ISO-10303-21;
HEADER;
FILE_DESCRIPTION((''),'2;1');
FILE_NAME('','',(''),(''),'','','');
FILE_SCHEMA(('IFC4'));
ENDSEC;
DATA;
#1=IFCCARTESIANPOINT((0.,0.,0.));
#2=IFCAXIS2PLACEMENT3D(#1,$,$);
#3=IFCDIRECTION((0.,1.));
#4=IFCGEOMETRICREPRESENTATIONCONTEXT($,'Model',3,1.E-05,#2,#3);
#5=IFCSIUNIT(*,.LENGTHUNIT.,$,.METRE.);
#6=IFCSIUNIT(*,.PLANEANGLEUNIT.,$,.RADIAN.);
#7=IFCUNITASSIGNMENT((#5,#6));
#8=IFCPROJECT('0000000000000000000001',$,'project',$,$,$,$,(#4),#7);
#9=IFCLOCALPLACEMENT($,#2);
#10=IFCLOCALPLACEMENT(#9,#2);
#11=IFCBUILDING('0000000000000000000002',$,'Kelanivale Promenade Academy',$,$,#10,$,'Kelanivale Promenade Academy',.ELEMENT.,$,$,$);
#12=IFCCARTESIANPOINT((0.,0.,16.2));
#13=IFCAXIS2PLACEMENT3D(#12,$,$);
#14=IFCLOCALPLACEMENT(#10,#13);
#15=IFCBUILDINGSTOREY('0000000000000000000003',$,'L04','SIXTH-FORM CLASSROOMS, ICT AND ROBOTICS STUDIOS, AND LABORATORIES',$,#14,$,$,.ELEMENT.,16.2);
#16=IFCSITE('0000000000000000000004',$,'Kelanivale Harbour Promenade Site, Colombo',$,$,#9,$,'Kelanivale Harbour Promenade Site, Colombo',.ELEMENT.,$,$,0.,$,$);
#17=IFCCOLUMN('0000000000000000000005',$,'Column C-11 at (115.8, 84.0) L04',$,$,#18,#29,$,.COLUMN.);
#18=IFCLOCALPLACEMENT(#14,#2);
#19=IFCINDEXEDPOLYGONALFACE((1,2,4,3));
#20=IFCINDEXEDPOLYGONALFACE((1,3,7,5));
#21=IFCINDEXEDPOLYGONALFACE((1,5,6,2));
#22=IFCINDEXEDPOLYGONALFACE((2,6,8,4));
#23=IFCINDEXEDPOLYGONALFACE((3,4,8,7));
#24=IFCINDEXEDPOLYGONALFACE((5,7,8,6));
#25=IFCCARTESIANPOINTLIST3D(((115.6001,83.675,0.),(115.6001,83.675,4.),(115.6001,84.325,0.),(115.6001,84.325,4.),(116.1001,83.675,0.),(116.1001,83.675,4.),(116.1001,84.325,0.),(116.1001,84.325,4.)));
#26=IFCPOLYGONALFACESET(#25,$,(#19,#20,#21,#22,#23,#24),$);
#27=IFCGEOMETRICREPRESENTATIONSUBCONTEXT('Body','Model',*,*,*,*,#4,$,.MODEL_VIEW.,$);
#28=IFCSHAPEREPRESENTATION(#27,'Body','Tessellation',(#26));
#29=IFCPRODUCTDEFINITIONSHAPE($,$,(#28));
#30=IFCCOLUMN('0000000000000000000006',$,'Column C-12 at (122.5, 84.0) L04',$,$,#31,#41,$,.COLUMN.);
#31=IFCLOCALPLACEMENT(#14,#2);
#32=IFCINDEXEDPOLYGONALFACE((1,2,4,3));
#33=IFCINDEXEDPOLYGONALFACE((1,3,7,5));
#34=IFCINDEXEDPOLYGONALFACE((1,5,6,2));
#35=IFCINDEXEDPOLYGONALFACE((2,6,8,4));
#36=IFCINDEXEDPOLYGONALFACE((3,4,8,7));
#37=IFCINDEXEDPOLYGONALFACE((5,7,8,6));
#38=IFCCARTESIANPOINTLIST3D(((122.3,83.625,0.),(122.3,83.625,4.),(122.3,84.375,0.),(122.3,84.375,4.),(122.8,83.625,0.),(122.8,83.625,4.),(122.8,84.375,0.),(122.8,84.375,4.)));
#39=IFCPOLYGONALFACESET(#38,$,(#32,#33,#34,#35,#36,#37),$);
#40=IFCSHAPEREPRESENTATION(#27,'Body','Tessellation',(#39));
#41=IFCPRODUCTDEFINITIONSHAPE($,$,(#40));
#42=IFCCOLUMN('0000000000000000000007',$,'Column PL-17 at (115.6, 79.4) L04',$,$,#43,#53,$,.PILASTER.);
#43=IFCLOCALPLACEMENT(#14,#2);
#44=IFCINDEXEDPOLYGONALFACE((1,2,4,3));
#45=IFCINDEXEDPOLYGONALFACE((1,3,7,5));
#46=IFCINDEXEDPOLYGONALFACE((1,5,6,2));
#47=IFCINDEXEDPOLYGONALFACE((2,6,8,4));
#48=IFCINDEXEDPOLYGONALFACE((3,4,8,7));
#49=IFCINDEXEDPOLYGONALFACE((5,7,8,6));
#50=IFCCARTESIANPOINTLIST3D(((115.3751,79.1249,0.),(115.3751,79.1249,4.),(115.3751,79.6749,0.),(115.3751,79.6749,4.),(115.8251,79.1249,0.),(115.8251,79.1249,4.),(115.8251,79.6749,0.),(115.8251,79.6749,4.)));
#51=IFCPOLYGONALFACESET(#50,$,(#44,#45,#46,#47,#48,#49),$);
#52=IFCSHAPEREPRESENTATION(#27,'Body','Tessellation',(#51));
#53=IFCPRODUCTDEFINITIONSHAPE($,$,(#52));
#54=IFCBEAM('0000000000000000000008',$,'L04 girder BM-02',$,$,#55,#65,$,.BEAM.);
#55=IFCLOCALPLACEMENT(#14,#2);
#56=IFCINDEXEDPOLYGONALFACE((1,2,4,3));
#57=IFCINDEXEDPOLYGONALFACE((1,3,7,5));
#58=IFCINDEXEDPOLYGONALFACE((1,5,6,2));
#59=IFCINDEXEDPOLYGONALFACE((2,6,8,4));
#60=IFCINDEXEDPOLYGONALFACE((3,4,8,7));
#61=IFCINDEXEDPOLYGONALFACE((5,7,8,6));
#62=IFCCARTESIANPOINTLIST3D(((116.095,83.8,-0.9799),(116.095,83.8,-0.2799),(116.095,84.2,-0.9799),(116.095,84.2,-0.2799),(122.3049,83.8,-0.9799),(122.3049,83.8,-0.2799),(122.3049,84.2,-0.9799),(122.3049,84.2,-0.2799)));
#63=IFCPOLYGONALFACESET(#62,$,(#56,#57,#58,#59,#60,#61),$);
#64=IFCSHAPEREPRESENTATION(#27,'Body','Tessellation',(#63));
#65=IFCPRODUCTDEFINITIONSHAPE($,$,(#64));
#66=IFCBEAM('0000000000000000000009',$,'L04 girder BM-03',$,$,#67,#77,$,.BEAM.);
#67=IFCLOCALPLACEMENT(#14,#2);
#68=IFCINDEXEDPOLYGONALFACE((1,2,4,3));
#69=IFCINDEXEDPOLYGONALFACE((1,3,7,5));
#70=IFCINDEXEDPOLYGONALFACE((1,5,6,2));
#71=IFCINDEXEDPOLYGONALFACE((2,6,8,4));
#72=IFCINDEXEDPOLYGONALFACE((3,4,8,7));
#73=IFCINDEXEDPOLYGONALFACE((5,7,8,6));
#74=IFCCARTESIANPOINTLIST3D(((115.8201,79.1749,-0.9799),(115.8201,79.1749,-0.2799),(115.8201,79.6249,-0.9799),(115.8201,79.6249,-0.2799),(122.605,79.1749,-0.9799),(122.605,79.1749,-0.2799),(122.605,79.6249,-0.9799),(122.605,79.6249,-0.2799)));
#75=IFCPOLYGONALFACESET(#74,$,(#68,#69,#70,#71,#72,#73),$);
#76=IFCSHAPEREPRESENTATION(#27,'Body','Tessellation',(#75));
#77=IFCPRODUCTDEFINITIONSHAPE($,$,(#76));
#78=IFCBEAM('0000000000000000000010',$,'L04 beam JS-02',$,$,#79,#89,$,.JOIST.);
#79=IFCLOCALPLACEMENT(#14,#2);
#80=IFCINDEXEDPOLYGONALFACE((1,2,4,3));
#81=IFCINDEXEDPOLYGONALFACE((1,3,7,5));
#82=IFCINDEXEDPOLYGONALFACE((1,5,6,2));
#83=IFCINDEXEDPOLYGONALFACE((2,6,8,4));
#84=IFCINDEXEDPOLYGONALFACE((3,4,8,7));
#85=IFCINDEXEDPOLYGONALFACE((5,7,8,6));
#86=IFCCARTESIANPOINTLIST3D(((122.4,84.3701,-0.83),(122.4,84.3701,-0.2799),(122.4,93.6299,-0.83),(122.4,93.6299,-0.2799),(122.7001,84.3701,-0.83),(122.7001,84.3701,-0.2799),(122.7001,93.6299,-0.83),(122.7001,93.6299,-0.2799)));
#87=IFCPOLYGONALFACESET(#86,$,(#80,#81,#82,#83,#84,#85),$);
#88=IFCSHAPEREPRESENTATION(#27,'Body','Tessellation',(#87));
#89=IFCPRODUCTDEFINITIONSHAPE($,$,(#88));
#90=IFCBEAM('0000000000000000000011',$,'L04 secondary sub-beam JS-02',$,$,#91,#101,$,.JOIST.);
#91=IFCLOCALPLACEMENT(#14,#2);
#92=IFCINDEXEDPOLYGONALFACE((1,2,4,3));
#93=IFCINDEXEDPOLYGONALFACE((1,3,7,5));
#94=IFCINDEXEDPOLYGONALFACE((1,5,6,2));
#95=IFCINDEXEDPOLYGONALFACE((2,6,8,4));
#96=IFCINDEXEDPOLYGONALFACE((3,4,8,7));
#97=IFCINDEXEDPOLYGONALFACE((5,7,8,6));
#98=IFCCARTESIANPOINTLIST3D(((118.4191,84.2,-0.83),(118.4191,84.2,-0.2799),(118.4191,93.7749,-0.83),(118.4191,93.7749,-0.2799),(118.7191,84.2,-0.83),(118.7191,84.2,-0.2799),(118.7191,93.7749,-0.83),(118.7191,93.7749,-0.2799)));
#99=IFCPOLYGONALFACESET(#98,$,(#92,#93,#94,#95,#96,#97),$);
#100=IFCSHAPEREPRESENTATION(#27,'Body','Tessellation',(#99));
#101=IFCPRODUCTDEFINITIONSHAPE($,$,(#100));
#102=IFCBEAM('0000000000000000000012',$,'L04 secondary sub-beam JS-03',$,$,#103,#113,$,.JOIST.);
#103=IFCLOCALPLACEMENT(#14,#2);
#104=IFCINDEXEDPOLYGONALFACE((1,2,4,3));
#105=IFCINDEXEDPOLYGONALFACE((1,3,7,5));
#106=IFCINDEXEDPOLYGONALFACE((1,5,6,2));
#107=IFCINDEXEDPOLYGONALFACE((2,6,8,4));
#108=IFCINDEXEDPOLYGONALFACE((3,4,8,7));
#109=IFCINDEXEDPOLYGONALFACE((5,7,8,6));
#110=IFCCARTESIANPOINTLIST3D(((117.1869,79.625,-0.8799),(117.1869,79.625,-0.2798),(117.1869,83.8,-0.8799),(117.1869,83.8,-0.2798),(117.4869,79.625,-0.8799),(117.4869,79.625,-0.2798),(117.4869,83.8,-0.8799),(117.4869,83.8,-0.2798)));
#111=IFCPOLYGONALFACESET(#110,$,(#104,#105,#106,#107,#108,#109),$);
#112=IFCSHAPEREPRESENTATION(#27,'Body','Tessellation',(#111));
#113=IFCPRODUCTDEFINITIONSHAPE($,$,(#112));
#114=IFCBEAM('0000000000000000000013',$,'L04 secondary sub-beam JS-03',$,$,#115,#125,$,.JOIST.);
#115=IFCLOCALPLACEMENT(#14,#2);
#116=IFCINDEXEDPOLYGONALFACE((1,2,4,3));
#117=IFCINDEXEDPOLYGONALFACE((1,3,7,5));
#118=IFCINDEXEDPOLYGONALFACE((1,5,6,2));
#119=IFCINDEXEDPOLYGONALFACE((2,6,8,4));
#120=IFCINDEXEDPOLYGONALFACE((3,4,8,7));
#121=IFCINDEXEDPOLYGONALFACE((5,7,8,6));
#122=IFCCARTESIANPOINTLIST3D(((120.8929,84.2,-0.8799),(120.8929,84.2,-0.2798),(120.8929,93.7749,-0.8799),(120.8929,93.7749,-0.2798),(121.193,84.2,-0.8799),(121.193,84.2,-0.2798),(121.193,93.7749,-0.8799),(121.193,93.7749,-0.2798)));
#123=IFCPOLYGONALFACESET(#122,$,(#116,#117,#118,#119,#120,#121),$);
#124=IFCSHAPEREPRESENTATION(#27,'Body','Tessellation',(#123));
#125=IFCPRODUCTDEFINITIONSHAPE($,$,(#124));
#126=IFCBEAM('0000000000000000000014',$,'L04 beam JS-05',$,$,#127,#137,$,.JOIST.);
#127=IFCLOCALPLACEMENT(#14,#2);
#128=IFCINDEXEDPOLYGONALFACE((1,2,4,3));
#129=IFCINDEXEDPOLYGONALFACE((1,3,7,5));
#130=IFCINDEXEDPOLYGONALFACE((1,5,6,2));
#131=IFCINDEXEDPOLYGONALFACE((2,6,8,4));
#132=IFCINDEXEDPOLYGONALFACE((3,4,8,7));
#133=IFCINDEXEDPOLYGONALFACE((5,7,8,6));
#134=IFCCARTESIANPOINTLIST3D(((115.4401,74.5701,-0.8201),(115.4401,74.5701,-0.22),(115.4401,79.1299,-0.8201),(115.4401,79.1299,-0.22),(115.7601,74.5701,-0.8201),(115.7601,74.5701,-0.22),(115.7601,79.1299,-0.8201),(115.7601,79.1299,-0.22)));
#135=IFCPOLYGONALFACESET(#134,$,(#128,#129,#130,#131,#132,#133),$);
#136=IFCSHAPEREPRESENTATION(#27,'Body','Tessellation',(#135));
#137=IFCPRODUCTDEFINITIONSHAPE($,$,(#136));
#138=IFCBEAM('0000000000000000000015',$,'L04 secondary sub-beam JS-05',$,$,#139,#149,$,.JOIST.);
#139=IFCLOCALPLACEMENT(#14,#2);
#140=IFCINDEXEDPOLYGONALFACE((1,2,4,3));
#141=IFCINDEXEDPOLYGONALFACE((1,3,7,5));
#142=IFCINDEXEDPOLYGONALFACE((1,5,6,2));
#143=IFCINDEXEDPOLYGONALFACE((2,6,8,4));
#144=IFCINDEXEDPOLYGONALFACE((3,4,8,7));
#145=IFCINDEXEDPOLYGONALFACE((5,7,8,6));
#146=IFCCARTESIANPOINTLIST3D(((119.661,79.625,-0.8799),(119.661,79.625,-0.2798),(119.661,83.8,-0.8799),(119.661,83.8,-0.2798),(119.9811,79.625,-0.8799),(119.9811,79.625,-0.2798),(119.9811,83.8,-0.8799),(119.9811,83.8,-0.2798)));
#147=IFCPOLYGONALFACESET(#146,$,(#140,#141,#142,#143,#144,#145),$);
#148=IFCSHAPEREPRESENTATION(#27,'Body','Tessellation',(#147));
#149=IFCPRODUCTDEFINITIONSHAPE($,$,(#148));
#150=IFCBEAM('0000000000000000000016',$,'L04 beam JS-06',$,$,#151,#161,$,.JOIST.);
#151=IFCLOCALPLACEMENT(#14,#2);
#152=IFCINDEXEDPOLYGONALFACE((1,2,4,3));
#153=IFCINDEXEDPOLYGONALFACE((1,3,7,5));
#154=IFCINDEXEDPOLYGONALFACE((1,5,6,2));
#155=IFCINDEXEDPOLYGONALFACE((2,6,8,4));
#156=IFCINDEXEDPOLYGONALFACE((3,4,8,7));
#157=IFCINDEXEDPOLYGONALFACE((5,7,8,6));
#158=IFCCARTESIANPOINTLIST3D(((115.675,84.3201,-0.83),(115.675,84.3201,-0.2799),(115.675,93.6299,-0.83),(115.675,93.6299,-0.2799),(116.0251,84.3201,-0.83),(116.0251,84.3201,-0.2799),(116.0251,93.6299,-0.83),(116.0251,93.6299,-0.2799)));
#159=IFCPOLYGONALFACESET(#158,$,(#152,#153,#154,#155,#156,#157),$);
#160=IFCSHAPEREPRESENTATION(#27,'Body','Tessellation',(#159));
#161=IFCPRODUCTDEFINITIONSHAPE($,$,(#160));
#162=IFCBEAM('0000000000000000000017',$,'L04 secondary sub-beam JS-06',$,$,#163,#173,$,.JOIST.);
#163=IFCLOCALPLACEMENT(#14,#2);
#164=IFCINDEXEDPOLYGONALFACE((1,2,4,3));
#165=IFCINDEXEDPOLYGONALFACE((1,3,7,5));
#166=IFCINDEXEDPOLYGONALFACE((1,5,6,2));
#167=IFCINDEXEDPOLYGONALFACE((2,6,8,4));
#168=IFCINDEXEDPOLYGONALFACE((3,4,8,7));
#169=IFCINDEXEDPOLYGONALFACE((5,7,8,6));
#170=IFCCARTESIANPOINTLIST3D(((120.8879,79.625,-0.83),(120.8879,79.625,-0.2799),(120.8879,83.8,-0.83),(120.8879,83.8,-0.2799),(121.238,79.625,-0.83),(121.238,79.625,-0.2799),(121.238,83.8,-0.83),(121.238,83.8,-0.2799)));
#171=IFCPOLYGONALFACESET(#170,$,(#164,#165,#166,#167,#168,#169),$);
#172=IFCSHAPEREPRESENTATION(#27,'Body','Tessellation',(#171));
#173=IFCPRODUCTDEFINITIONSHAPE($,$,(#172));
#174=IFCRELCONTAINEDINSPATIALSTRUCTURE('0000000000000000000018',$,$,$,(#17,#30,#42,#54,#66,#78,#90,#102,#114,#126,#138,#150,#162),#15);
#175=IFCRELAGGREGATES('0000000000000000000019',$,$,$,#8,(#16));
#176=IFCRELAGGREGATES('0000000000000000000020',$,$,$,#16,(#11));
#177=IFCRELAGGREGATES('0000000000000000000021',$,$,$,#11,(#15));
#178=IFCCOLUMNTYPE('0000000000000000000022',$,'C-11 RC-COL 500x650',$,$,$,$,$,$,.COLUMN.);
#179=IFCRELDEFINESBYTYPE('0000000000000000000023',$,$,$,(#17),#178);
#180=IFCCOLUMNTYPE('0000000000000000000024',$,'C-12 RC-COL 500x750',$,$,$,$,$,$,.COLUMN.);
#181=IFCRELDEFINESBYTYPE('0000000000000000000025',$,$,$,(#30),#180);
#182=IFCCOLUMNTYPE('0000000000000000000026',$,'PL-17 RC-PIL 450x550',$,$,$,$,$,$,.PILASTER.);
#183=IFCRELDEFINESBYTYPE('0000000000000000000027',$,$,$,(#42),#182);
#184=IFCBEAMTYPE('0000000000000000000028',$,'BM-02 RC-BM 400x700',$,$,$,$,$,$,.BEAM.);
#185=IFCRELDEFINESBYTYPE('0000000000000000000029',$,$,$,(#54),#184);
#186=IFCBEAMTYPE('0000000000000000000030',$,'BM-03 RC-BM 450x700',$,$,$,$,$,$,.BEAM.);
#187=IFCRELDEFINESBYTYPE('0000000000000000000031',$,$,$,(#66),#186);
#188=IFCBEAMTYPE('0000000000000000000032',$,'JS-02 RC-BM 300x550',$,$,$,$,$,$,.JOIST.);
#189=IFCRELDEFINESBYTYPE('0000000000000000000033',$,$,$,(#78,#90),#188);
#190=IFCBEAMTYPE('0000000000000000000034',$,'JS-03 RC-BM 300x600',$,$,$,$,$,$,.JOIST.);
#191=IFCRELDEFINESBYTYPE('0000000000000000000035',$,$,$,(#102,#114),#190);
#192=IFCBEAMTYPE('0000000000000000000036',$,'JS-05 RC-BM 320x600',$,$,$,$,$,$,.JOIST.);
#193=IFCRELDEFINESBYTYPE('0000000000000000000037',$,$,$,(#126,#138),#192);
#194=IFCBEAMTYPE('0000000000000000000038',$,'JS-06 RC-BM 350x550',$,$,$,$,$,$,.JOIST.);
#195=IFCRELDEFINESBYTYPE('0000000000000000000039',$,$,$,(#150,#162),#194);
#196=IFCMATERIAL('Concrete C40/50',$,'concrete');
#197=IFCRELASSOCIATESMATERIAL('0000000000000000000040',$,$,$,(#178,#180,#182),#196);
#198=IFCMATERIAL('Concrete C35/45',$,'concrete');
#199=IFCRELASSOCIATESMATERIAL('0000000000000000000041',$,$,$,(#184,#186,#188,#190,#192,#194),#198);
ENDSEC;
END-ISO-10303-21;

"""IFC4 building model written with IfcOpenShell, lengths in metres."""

from ifc_helpers import new_model, si_unit, direction, frame, origin, origin_2d, place, context, subcontext, project, spatial, rectangle, extrude, material, material_profile, profile_set, type_object, element, save


model = new_model("IFC4")

# Units and contexts
model_context = context("Model", 3, precision=1e-05, world=origin(), true_north=direction((0.0, 1.0)))
body_context = subcontext(model_context, "Body", "Model", "MODEL_VIEW")
ifc_project = project(units=[si_unit("LENGTHUNIT", "METRE"), si_unit("PLANEANGLEUNIT", "RADIAN")], contexts=[model_context])

# Site, building, storey
site_placement = place(None, origin())
site = spatial("IfcSite", under=ifc_project, at=site_placement, Name="Kelanivale Harbour Promenade Site, Colombo", LongName="Kelanivale Harbour Promenade Site, Colombo", CompositionType="ELEMENT", RefElevation=0.0)
building_placement = place(site_placement, origin())
building = spatial("IfcBuilding", under=site, at=building_placement, Name="Kelanivale Promenade Academy", LongName="Kelanivale Promenade Academy", CompositionType="ELEMENT")
storey_placement = place(building_placement, frame((0.0, 0.0, 16.2)))
storey = spatial("IfcBuildingStorey", under=building, at=storey_placement, Name="L04", Description="SIXTH-FORM CLASSROOMS, ICT AND ROBOTICS STUDIOS, AND LABORATORIES", CompositionType="ELEMENT", Elevation=16.2)

# Columns
ifc_material_1 = material(Name="Concrete C40/50", Category="concrete")
ifc_material_profile_1 = material_profile(ifc_material_1, rectangle(XDim=0.5, YDim=0.6499, at=origin_2d()), Name="RC-COL 500x650")
ifc_profile_set_1 = profile_set([ifc_material_profile_1], Name="Concrete C40/50")
column_type_1 = type_object("IfcColumnType", Name="C-11 RC-COL 500x650", PredefinedType="COLUMN", material=ifc_profile_set_1)
column_1_placement = place(storey_placement, frame((115.8501, 84.0, 0.0), z_axis=(0.0, 0.0, 1.0), x_axis=(1.0, 0.0, 0.0)))
element("IfcColumn", 1, at=column_1_placement, inside=storey, type_object=column_type_1, Name="Column C-11 at (115.8, 84.0) L04", PredefinedType="COLUMN", context=body_context, shape_type="SweptSolid", body=[
    extrude(rectangle(XDim=0.5, YDim=0.6499, at=origin_2d()), origin(), (0.0, 0.0, 1.0), 4.0),
])
ifc_material_profile_2 = material_profile(ifc_material_1, rectangle(XDim=0.5, YDim=0.75, at=origin_2d()), Name="RC-COL 500x750")
ifc_profile_set_2 = profile_set([ifc_material_profile_2], Name="Concrete C40/50")
column_type_2 = type_object("IfcColumnType", Name="C-12 RC-COL 500x750", PredefinedType="COLUMN", material=ifc_profile_set_2)
column_2_placement = place(storey_placement, frame((122.55, 84.0, 0.0), z_axis=(0.0, 0.0, 1.0), x_axis=(1.0, 0.0, 0.0)))
element("IfcColumn", 2, at=column_2_placement, inside=storey, type_object=column_type_2, Name="Column C-12 at (122.5, 84.0) L04", PredefinedType="COLUMN", context=body_context, shape_type="SweptSolid", body=[
    extrude(rectangle(XDim=0.5, YDim=0.75, at=origin_2d()), origin(), (0.0, 0.0, 1.0), 4.0),
])
ifc_material_profile_3 = material_profile(ifc_material_1, rectangle(XDim=0.45, YDim=0.55, at=origin_2d()), Name="RC-PIL 450x550")
ifc_profile_set_3 = profile_set([ifc_material_profile_3], Name="Concrete C40/50")
column_type_3 = type_object("IfcColumnType", Name="PL-17 RC-PIL 450x550", PredefinedType="PILASTER", material=ifc_profile_set_3)
column_3_placement = place(storey_placement, frame((115.6001, 79.3999, 0.0), z_axis=(0.0, 0.0, 1.0), x_axis=(1.0, 0.0, 0.0)))
element("IfcColumn", 3, at=column_3_placement, inside=storey, type_object=column_type_3, Name="Column PL-17 at (115.6, 79.4) L04", PredefinedType="PILASTER", context=body_context, shape_type="SweptSolid", body=[
    extrude(rectangle(XDim=0.45, YDim=0.55, at=origin_2d()), origin(), (0.0, 0.0, 1.0), 4.0),
])

# Beams
ifc_material_2 = material(Name="Concrete C35/45", Category="concrete")
ifc_material_profile_4 = material_profile(ifc_material_2, rectangle(XDim=0.3999, YDim=0.7, at=origin_2d()), Name="RC-BM 400x700")
ifc_profile_set_4 = profile_set([ifc_material_profile_4], Name="Concrete C35/45")
beam_type_1 = type_object("IfcBeamType", Name="BM-02 RC-BM 400x700", PredefinedType="BEAM", material=ifc_profile_set_4)
beam_1_placement = place(storey_placement, frame((116.095, 84.0, -0.6299), z_axis=(1.0, 0.0, 0.0), x_axis=(0.0, 1.0, 0.0)))
element("IfcBeam", 4, at=beam_1_placement, inside=storey, type_object=beam_type_1, Name="L04 girder BM-02", PredefinedType="BEAM", context=body_context, shape_type="SweptSolid", body=[
    extrude(rectangle(XDim=0.3999, YDim=0.7, at=origin_2d()), origin(), (0.0, 0.0, 1.0), 6.21),
])
ifc_material_profile_5 = material_profile(ifc_material_2, rectangle(XDim=0.45, YDim=0.7, at=origin_2d()), Name="RC-BM 450x700")
ifc_profile_set_5 = profile_set([ifc_material_profile_5], Name="Concrete C35/45")
beam_type_2 = type_object("IfcBeamType", Name="BM-03 RC-BM 450x700", PredefinedType="BEAM", material=ifc_profile_set_5)
beam_2_placement = place(storey_placement, frame((115.8201, 79.3999, -0.6299), z_axis=(1.0, 0.0, 0.0), x_axis=(0.0, 1.0, 0.0)))
element("IfcBeam", 5, at=beam_2_placement, inside=storey, type_object=beam_type_2, Name="L04 girder BM-03", PredefinedType="BEAM", context=body_context, shape_type="SweptSolid", body=[
    extrude(rectangle(XDim=0.45, YDim=0.7, at=origin_2d()), origin(), (0.0, 0.0, 1.0), 6.7849),
])
ifc_material_profile_6 = material_profile(ifc_material_2, rectangle(XDim=0.3, YDim=0.55, at=origin_2d()), Name="RC-BM 300x550")
ifc_profile_set_6 = profile_set([ifc_material_profile_6], Name="Concrete C35/45")
beam_type_3 = type_object("IfcBeamType", Name="JS-02 RC-BM 300x550", PredefinedType="JOIST", material=ifc_profile_set_6)
beam_3_placement = place(storey_placement, frame((122.55, 84.3701, -0.5549), z_axis=(0.0, 1.0, 0.0), x_axis=(-1.0, 0.0, 0.0)))
element("IfcBeam", 6, at=beam_3_placement, inside=storey, type_object=beam_type_3, Name="L04 beam JS-02", PredefinedType="JOIST", context=body_context, shape_type="SweptSolid", body=[
    extrude(rectangle(XDim=0.3, YDim=0.55, at=origin_2d()), origin(), (0.0, 0.0, 1.0), 9.2598),
])
beam_4_placement = place(storey_placement, frame((118.5691, 84.2, -0.5549), z_axis=(0.0, 1.0, 0.0), x_axis=(-1.0, 0.0, 0.0)))
element("IfcBeam", 7, at=beam_4_placement, inside=storey, type_object=beam_type_3, Name="L04 secondary sub-beam JS-02", PredefinedType="JOIST", context=body_context, shape_type="SweptSolid", body=[
    extrude(rectangle(XDim=0.3, YDim=0.55, at=origin_2d()), origin(), (0.0, 0.0, 1.0), 9.575),
])
ifc_material_profile_7 = material_profile(ifc_material_2, rectangle(XDim=0.3, YDim=0.6001, at=origin_2d()), Name="RC-BM 300x600")
ifc_profile_set_7 = profile_set([ifc_material_profile_7], Name="Concrete C35/45")
beam_type_4 = type_object("IfcBeamType", Name="JS-03 RC-BM 300x600", PredefinedType="JOIST", material=ifc_profile_set_7)
beam_5_placement = place(storey_placement, frame((117.3369, 79.625, -0.5798), z_axis=(0.0, 1.0, 0.0), x_axis=(-1.0, 0.0, 0.0)))
element("IfcBeam", 8, at=beam_5_placement, inside=storey, type_object=beam_type_4, Name="L04 secondary sub-beam JS-03", PredefinedType="JOIST", context=body_context, shape_type="SweptSolid", body=[
    extrude(rectangle(XDim=0.3, YDim=0.6001, at=origin_2d()), origin(), (0.0, 0.0, 1.0), 4.175),
])
beam_6_placement = place(storey_placement, frame((121.043, 84.2, -0.5798), z_axis=(0.0, 1.0, 0.0), x_axis=(-1.0, 0.0, 0.0)))
element("IfcBeam", 9, at=beam_6_placement, inside=storey, type_object=beam_type_4, Name="L04 secondary sub-beam JS-03", PredefinedType="JOIST", context=body_context, shape_type="SweptSolid", body=[
    extrude(rectangle(XDim=0.3, YDim=0.6001, at=origin_2d()), origin(), (0.0, 0.0, 1.0), 9.575),
])
ifc_material_profile_8 = material_profile(ifc_material_2, rectangle(XDim=0.3201, YDim=0.6001, at=origin_2d()), Name="RC-BM 320x600")
ifc_profile_set_8 = profile_set([ifc_material_profile_8], Name="Concrete C35/45")
beam_type_5 = type_object("IfcBeamType", Name="JS-05 RC-BM 320x600", PredefinedType="JOIST", material=ifc_profile_set_8)
beam_7_placement = place(storey_placement, frame((115.6001, 74.5701, -0.52), z_axis=(0.0, 1.0, 0.0), x_axis=(-1.0, 0.0, 0.0)))
element("IfcBeam", 10, at=beam_7_placement, inside=storey, type_object=beam_type_5, Name="L04 beam JS-05", PredefinedType="JOIST", context=body_context, shape_type="SweptSolid", body=[
    extrude(rectangle(XDim=0.3201, YDim=0.6001, at=origin_2d()), origin(), (0.0, 0.0, 1.0), 4.5598),
])
beam_8_placement = place(storey_placement, frame((119.821, 79.625, -0.5798), z_axis=(0.0, 1.0, 0.0), x_axis=(-1.0, 0.0, 0.0)))
element("IfcBeam", 11, at=beam_8_placement, inside=storey, type_object=beam_type_5, Name="L04 secondary sub-beam JS-05", PredefinedType="JOIST", context=body_context, shape_type="SweptSolid", body=[
    extrude(rectangle(XDim=0.3201, YDim=0.6001, at=origin_2d()), origin(), (0.0, 0.0, 1.0), 4.175),
])
ifc_material_profile_9 = material_profile(ifc_material_2, rectangle(XDim=0.3501, YDim=0.55, at=origin_2d()), Name="RC-BM 350x550")
ifc_profile_set_9 = profile_set([ifc_material_profile_9], Name="Concrete C35/45")
beam_type_6 = type_object("IfcBeamType", Name="JS-06 RC-BM 350x550", PredefinedType="JOIST", material=ifc_profile_set_9)
beam_9_placement = place(storey_placement, frame((115.8501, 84.3201, -0.5549), z_axis=(0.0, 1.0, 0.0), x_axis=(-1.0, 0.0, 0.0)))
element("IfcBeam", 12, at=beam_9_placement, inside=storey, type_object=beam_type_6, Name="L04 beam JS-06", PredefinedType="JOIST", context=body_context, shape_type="SweptSolid", body=[
    extrude(rectangle(XDim=0.3501, YDim=0.55, at=origin_2d()), origin(), (0.0, 0.0, 1.0), 9.3098),
])
beam_10_placement = place(storey_placement, frame((121.063, 79.625, -0.5549), z_axis=(0.0, 1.0, 0.0), x_axis=(-1.0, 0.0, 0.0)))
element("IfcBeam", 13, at=beam_10_placement, inside=storey, type_object=beam_type_6, Name="L04 secondary sub-beam JS-06", PredefinedType="JOIST", context=body_context, shape_type="SweptSolid", body=[
    extrude(rectangle(XDim=0.3501, YDim=0.55, at=origin_2d()), origin(), (0.0, 0.0, 1.0), 4.175),
])

save(model, "model.ifc")
